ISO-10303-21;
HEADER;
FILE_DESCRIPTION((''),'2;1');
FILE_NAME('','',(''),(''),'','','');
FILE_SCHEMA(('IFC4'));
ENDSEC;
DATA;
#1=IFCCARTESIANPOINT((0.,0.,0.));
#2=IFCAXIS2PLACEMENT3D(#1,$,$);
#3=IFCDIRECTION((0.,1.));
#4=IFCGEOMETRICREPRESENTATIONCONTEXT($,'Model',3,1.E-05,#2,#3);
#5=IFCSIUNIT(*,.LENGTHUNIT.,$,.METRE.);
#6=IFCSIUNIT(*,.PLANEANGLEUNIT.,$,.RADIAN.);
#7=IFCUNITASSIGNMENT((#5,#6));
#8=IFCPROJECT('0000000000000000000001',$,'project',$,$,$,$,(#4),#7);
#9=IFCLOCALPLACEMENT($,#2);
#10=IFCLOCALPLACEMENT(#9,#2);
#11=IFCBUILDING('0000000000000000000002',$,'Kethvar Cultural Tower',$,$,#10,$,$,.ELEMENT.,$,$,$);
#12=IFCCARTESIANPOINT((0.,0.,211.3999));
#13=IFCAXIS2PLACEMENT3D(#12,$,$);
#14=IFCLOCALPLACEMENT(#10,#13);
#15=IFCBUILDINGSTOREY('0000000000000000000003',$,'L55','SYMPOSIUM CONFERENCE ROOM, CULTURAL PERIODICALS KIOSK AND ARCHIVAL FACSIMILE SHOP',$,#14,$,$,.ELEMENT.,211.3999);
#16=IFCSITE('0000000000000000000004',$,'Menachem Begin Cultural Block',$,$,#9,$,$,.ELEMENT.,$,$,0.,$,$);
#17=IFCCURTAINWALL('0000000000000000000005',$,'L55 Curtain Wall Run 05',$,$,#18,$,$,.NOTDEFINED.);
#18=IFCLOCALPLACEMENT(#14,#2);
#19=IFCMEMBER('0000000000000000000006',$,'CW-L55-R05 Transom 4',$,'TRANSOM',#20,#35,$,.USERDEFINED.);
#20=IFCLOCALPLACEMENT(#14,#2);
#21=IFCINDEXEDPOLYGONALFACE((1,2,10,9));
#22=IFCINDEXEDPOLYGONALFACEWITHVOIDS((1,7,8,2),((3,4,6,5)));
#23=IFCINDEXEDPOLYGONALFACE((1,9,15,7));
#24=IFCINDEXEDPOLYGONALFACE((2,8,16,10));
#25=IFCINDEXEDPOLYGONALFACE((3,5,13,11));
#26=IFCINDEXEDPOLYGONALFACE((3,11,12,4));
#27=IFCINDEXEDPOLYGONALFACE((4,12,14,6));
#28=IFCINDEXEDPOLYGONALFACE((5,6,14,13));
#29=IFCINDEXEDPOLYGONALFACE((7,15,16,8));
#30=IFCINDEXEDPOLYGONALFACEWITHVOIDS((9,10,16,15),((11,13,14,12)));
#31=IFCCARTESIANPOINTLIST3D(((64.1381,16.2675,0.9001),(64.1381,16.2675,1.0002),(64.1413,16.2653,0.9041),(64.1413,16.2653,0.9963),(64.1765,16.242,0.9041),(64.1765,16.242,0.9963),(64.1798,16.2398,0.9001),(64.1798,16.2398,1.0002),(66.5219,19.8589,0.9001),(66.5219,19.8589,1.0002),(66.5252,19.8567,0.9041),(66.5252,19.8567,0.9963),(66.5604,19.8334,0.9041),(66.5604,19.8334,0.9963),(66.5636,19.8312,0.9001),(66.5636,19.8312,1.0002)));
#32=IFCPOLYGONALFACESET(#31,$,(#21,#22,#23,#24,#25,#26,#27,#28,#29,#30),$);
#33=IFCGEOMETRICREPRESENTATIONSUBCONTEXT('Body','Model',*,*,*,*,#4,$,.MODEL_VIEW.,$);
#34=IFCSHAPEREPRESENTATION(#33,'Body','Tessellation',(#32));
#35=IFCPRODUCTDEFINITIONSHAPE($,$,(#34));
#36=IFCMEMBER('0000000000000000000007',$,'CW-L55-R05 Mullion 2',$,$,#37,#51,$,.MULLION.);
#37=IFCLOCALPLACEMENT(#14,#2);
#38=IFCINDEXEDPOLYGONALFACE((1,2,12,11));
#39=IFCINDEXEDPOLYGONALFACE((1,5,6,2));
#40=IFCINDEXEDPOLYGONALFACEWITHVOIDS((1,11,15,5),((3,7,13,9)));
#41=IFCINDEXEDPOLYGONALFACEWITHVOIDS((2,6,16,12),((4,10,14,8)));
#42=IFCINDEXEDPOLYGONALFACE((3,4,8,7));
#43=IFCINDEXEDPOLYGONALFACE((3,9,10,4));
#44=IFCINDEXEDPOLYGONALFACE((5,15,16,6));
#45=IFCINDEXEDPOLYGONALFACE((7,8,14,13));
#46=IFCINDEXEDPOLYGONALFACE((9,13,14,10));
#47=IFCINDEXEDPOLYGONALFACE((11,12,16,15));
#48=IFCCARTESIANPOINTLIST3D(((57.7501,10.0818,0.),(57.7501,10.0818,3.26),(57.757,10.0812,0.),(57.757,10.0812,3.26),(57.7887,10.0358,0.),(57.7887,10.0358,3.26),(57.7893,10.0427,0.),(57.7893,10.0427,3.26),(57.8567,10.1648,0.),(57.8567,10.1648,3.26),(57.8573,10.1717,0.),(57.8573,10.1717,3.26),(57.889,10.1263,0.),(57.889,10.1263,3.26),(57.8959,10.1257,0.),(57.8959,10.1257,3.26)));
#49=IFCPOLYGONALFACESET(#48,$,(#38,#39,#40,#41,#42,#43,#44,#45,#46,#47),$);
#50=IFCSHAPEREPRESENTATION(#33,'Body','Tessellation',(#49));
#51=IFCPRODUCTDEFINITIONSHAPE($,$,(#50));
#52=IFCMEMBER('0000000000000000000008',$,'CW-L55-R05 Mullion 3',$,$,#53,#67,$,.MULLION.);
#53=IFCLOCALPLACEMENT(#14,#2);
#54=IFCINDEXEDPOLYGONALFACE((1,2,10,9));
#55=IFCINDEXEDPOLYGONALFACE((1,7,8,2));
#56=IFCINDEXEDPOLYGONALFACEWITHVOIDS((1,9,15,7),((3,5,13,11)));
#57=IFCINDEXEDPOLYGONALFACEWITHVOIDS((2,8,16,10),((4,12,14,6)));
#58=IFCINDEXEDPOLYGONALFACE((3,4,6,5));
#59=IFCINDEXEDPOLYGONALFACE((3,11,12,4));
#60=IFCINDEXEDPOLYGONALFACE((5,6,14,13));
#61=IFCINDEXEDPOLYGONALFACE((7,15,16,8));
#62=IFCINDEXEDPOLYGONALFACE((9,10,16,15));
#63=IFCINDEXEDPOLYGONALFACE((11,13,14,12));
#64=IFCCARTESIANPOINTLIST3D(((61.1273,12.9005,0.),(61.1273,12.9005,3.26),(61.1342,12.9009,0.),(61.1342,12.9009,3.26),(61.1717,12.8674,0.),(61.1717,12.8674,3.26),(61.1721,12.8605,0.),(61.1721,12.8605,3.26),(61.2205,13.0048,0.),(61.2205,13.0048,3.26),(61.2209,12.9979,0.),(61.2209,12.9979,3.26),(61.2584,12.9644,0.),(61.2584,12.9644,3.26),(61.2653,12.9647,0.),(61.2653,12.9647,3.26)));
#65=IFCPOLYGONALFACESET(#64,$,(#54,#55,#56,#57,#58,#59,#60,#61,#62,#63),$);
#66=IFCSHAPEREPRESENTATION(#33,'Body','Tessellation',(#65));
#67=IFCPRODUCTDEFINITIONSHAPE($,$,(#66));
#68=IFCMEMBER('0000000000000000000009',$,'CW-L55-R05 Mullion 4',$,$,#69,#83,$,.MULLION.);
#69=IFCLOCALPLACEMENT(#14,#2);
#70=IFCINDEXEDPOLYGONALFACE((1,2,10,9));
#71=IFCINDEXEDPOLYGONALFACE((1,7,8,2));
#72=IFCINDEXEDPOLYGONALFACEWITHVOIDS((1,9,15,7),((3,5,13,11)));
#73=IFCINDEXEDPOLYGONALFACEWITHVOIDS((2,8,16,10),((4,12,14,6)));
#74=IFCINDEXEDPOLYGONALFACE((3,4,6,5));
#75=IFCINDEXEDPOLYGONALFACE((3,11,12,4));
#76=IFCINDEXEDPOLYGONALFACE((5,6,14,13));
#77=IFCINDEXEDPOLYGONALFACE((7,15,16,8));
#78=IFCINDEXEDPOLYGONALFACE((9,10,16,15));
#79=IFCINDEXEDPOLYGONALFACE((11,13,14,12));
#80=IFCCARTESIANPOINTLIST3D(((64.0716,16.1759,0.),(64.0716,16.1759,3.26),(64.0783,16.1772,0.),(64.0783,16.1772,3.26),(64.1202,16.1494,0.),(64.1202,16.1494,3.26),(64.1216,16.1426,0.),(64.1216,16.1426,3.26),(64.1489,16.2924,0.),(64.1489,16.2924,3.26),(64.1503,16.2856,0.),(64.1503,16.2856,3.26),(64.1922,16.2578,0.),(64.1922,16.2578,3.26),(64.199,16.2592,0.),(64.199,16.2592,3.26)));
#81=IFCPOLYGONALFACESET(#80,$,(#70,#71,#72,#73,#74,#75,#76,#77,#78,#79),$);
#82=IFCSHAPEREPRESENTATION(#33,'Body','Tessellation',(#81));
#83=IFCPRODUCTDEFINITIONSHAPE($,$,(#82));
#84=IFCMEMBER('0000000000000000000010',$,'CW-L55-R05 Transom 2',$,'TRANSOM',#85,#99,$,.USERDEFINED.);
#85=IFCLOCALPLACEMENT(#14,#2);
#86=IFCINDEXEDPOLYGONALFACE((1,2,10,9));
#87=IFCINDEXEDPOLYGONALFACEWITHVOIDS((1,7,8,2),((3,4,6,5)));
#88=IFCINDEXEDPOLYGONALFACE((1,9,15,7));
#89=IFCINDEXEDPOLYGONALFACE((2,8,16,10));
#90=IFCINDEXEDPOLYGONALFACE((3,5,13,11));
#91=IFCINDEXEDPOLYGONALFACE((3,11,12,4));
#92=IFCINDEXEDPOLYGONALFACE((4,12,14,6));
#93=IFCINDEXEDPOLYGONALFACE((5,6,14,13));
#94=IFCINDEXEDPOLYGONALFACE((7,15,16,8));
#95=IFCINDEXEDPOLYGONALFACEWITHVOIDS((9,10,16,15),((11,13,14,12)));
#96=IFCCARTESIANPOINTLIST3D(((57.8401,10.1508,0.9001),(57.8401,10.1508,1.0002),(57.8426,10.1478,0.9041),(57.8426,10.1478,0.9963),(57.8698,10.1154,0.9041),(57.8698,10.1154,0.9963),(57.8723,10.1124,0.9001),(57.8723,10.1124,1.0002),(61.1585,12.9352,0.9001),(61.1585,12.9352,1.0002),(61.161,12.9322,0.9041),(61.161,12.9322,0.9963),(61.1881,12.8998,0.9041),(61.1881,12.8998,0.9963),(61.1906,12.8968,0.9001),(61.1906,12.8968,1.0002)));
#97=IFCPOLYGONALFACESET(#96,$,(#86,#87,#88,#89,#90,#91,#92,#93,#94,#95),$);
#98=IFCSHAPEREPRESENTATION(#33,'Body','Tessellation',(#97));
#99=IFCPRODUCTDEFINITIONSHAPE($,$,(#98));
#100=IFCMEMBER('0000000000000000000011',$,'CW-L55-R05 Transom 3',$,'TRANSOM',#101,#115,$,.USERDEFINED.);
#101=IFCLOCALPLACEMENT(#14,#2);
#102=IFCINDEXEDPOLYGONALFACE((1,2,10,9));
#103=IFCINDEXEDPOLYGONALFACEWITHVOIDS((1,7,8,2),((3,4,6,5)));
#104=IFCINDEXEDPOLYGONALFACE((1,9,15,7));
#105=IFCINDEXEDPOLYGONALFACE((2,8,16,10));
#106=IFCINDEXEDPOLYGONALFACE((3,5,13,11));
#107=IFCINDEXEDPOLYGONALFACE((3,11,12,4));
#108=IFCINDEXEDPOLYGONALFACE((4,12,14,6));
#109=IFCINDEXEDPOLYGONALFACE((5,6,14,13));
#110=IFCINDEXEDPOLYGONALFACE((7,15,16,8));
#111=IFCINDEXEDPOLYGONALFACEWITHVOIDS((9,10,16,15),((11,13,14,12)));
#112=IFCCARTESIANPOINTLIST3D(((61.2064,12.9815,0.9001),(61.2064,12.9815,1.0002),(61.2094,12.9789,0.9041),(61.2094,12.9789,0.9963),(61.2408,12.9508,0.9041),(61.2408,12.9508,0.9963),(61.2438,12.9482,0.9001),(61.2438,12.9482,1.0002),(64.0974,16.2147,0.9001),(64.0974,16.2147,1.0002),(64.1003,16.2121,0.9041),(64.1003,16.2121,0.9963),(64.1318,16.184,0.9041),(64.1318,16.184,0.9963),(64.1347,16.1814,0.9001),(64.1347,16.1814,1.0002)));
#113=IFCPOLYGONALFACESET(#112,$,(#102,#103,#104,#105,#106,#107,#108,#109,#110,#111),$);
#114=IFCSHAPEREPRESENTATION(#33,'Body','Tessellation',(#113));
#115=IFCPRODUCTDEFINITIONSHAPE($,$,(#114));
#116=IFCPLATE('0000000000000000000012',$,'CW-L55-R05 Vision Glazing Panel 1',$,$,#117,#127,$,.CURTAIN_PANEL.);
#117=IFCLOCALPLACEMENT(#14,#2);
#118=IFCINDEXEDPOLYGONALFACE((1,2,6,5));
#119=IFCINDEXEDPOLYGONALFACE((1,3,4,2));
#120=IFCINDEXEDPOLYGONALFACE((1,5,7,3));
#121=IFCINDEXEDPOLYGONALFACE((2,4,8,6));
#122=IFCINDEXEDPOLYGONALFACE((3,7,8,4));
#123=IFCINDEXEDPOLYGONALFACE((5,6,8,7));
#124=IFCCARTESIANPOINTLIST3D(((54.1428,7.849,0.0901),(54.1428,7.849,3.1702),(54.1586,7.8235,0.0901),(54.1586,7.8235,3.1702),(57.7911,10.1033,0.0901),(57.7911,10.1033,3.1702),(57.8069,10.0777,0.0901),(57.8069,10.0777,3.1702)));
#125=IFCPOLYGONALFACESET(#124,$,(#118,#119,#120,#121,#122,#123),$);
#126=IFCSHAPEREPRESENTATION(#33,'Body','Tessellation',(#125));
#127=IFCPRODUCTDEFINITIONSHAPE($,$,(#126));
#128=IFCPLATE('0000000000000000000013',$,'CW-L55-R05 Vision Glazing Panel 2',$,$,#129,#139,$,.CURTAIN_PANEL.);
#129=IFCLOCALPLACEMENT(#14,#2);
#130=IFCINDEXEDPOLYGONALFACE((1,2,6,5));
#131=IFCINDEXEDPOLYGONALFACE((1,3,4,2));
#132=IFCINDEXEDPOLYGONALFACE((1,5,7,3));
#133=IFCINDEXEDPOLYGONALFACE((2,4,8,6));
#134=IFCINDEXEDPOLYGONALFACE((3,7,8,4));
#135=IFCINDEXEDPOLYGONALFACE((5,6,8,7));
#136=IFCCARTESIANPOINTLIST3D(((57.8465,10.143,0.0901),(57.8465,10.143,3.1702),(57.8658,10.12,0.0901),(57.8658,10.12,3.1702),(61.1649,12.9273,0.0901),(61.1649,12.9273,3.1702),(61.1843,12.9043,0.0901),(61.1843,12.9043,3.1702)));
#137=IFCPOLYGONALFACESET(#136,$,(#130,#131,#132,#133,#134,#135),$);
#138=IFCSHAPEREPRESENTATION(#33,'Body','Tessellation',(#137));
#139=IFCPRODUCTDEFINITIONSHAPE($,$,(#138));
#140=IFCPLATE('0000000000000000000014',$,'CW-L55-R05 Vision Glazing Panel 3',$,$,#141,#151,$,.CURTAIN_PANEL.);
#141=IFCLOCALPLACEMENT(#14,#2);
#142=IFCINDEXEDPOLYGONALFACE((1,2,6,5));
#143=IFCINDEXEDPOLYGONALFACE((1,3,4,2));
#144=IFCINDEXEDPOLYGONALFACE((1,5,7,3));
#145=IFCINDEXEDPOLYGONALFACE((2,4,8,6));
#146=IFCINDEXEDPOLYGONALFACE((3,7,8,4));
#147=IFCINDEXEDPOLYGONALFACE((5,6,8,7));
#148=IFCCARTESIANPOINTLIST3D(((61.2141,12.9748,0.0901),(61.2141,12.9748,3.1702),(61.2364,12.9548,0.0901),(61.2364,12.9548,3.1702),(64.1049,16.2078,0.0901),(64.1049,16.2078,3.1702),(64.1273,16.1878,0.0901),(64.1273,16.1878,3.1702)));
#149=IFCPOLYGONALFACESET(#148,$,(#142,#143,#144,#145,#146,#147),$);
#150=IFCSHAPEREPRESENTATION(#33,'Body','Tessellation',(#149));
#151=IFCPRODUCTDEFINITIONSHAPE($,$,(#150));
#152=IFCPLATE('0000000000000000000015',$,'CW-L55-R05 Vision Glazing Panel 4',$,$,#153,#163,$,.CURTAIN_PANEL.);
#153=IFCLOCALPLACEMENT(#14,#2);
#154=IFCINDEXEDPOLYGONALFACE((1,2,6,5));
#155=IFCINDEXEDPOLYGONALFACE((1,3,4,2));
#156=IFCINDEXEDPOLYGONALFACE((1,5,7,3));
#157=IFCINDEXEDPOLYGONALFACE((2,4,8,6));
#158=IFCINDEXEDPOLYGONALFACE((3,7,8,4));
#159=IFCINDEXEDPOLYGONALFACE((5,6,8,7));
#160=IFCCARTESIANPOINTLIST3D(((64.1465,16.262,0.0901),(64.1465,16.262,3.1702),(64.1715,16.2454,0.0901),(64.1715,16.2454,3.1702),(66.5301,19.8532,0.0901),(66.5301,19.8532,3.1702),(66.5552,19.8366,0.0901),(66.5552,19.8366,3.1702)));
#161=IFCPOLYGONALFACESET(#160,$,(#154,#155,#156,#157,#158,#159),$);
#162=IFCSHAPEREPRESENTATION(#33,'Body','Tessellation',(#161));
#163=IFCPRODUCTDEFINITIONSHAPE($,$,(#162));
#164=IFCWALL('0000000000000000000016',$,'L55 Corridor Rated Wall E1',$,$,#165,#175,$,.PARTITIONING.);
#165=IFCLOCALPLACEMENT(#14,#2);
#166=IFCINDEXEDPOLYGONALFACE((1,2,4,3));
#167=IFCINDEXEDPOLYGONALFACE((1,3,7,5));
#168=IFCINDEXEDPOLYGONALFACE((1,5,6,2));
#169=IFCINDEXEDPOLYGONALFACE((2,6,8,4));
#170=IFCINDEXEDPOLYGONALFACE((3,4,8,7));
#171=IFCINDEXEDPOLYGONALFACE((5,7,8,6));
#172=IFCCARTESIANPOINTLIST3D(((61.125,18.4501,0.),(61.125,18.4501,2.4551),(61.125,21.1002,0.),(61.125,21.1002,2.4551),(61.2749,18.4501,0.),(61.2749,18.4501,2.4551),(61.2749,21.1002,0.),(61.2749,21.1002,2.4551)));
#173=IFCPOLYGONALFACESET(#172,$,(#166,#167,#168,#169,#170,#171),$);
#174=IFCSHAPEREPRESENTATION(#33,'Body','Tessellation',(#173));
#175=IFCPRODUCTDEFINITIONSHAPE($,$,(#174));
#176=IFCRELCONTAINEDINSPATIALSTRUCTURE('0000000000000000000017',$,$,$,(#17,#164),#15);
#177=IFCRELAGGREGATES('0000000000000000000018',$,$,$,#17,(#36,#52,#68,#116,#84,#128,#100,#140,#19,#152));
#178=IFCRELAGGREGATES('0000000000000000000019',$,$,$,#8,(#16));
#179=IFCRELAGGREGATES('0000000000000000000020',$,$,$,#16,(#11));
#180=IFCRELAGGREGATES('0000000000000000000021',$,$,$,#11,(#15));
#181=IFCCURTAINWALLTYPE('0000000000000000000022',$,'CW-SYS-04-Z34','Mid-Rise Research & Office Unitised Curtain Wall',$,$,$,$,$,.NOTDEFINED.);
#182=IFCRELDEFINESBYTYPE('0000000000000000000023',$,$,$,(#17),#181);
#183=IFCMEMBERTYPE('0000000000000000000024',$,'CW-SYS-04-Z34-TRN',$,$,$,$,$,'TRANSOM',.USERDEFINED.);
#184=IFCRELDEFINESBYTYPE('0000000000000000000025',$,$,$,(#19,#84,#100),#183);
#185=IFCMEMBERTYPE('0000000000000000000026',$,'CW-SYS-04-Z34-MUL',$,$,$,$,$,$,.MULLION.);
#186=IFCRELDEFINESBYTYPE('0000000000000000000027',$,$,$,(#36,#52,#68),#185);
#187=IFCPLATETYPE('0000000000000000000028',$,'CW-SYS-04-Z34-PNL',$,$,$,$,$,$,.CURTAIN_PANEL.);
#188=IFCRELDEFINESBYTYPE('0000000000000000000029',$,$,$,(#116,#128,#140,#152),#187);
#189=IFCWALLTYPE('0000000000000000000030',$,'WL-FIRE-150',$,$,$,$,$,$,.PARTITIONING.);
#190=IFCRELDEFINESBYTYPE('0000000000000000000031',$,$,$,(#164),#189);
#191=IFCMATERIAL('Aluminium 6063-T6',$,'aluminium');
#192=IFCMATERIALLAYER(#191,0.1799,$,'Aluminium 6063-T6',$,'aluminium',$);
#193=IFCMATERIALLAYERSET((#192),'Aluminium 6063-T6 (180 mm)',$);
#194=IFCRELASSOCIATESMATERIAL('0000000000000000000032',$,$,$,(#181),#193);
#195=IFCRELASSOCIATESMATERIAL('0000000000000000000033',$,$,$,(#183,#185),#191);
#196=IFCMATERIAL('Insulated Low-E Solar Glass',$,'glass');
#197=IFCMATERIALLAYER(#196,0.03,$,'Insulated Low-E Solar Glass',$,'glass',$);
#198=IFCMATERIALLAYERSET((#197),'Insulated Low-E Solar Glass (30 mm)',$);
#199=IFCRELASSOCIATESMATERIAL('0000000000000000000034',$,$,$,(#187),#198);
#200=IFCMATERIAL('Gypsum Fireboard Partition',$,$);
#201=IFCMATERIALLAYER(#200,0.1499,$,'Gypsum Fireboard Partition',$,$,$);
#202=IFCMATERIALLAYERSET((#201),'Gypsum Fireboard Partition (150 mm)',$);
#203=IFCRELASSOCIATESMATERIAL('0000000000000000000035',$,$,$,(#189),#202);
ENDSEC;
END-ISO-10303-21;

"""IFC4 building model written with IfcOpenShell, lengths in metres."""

from ifc_helpers import new_model, si_unit, direction, frame, frame_2d, origin, origin_2d, place, context, subcontext, project, spatial, rectangle, hollow_rectangle, extrude, source, transform, mapped, material, layer, layer_set, material_profile, profile_set, type_object, element, aggregate, save


model = new_model("IFC4")

# Units and contexts
model_context = context("Model", 3, precision=1e-05, world=origin(), true_north=direction((0.0, 1.0)))
body_context = subcontext(model_context, "Body", "Model", "MODEL_VIEW")
ifc_project = project(units=[si_unit("LENGTHUNIT", "METRE"), si_unit("PLANEANGLEUNIT", "RADIAN")], contexts=[model_context])

# Site, building, storey
site_placement = place(None, origin())
site = spatial("IfcSite", under=ifc_project, at=site_placement, Name="Menachem Begin Cultural Block", CompositionType="ELEMENT", RefElevation=0.0)
building_placement = place(site_placement, origin())
building = spatial("IfcBuilding", under=site, at=building_placement, Name="Kethvar Cultural Tower", CompositionType="ELEMENT")
storey_placement = place(building_placement, frame((0.0, 0.0, 211.3999)))
storey = spatial("IfcBuildingStorey", under=building, at=storey_placement, Name="L55", Description="SYMPOSIUM CONFERENCE ROOM, CULTURAL PERIODICALS KIOSK AND ARCHIVAL FACSIMILE SHOP", CompositionType="ELEMENT", Elevation=211.3999)

# Curtain wall, members, plates
ifc_material_1 = material(Name="Aluminium 6063-T6", Category="aluminium")
ifc_layer_1 = layer(ifc_material_1, 0.1799, Name="Aluminium 6063-T6", Category="aluminium")
ifc_layer_set_1 = layer_set([ifc_layer_1], Name="Aluminium 6063-T6 (180 mm)")
curtain_wall_type = type_object("IfcCurtainWallType", Name="CW-SYS-04-Z34", Description="Mid-Rise Research & Office Unitised Curtain Wall", PredefinedType="NOTDEFINED", material=ifc_layer_set_1)
curtain_wall_placement = place(storey_placement, origin())
curtain_wall = element("IfcCurtainWall", 1, at=curtain_wall_placement, inside=storey, type_object=curtain_wall_type, Name="L55 Curtain Wall Run 05", PredefinedType="NOTDEFINED")
ifc_material_profile_1 = material_profile(ifc_material_1, hollow_rectangle(XDim=0.05, YDim=0.1001, WallThickness=0.0039, at=origin_2d()), Name="Aluminium 6063-T6 — RHS100x50x4")
ifc_profile_set_1 = profile_set([ifc_material_profile_1], Name="Aluminium 6063-T6 — RHS100x50x4")
member_type_1 = type_object("IfcMemberType", Name="CW-SYS-04-Z34-TRN", ElementType="TRANSOM", PredefinedType="USERDEFINED", material=ifc_profile_set_1)
shared_shape_1 = source(origin(), body_context, "Body", "SweptSolid", [
    extrude(hollow_rectangle(XDim=0.05, YDim=0.1001, WallThickness=0.0039, at=origin_2d()), origin(), (0.0, 0.0, 1.0), 4.3105),
])
member_1_placement = place(storey_placement, frame((64.1589, 16.2537, 0.9502), z_axis=(0.553026, 0.833164, 0.0), x_axis=(-0.833164, 0.553026, 0.0)))
member_1 = element("IfcMember", 2, at=member_1_placement, type_object=member_type_1, Name="CW-L55-R05 Transom 4", ObjectType="TRANSOM", PredefinedType="USERDEFINED", context=body_context, shape_type="MappedRepresentation", body=[
    mapped(shared_shape_1, transform((0.0, 0.0, 0.0), scale=1.0)),
])
ifc_material_profile_2 = material_profile(ifc_material_1, hollow_rectangle(XDim=0.0601, YDim=0.1399, WallThickness=0.0049, at=origin_2d()), Name="Aluminium 6063-T6 — RHS140x60x5")
ifc_profile_set_2 = profile_set([ifc_material_profile_2], Name="Aluminium 6063-T6 — RHS140x60x5")
member_type_2 = type_object("IfcMemberType", Name="CW-SYS-04-Z34-MUL", PredefinedType="MULLION", material=ifc_profile_set_2)
shared_shape_2 = source(origin(), body_context, "Body", "SweptSolid", [
    extrude(hollow_rectangle(XDim=0.0601, YDim=0.1399, WallThickness=0.0049, at=origin_2d()), origin(), (0.0, 0.0, 1.0), 3.26),
])
member_2_placement = place(storey_placement, frame((57.823, 10.1038, 0.0), z_axis=(0.0, 0.0, 1.0), x_axis=(-0.642761, 0.766067, 0.0)))
member_2 = element("IfcMember", 3, at=member_2_placement, type_object=member_type_2, Name="CW-L55-R05 Mullion 2", PredefinedType="MULLION", context=body_context, shape_type="MappedRepresentation", body=[
    mapped(shared_shape_2, transform((0.0, 0.0, 0.0), scale=1.0)),
])
member_3_placement = place(storey_placement, frame((61.1963, 12.9326, 0.0), z_axis=(0.0, 0.0, 1.0), x_axis=(-0.745453, 0.666558, 0.0)))
member_3 = element("IfcMember", 4, at=member_3_placement, type_object=member_type_2, Name="CW-L55-R05 Mullion 3", PredefinedType="MULLION", context=body_context, shape_type="MappedRepresentation", body=[
    mapped(shared_shape_2, transform((0.0, 0.0, 0.0), scale=1.0)),
])
member_4_placement = place(storey_placement, frame((64.1353, 16.2175, 0.0), z_axis=(0.0, 0.0, 1.0), x_axis=(-0.833172, 0.553014, 0.0)))
member_4 = element("IfcMember", 5, at=member_4_placement, type_object=member_type_2, Name="CW-L55-R05 Mullion 4", PredefinedType="MULLION", context=body_context, shape_type="MappedRepresentation", body=[
    mapped(shared_shape_2, transform((0.0, 0.0, 0.0), scale=1.0)),
])
shared_shape_3 = source(origin(), body_context, "Body", "SweptSolid", [
    extrude(hollow_rectangle(XDim=0.05, YDim=0.1001, WallThickness=0.0039, at=origin_2d()), origin(), (0.0, 0.0, 1.0), 4.3318),
])
member_5_placement = place(storey_placement, frame((57.8562, 10.1316, 0.9502), z_axis=(0.766046, 0.642786, 0.0), x_axis=(-0.642786, 0.766046, 0.0)))
member_5 = element("IfcMember", 6, at=member_5_placement, type_object=member_type_1, Name="CW-L55-R05 Transom 2", ObjectType="TRANSOM", PredefinedType="USERDEFINED", context=body_context, shape_type="MappedRepresentation", body=[
    mapped(shared_shape_3, transform((0.0, 0.0, 0.0), scale=1.0)),
])
shared_shape_4 = source(origin(), body_context, "Body", "SweptSolid", [
    extrude(hollow_rectangle(XDim=0.05, YDim=0.1001, WallThickness=0.0039, at=origin_2d()), origin(), (0.0, 0.0, 1.0), 4.3372),
])
member_6_placement = place(storey_placement, frame((61.2251, 12.9648, 0.9502), z_axis=(0.666545, 0.745465, 0.0), x_axis=(-0.745465, 0.666545, 0.0)))
member_6 = element("IfcMember", 7, at=member_6_placement, type_object=member_type_1, Name="CW-L55-R05 Transom 3", ObjectType="TRANSOM", PredefinedType="USERDEFINED", context=body_context, shape_type="MappedRepresentation", body=[
    mapped(shared_shape_4, transform((0.0, 0.0, 0.0), scale=1.0)),
])
ifc_material_2 = material(Name="Insulated Low-E Solar Glass", Category="glass")
ifc_layer_2 = layer(ifc_material_2, 0.03, Name="Insulated Low-E Solar Glass", Category="glass")
ifc_layer_set_2 = layer_set([ifc_layer_2], Name="Insulated Low-E Solar Glass (30 mm)")
plate_type = type_object("IfcPlateType", Name="CW-SYS-04-Z34-PNL", PredefinedType="CURTAIN_PANEL", material=ifc_layer_set_2)
shared_shape_5 = source(origin(), body_context, "Body", "SweptSolid", [
    extrude(rectangle(XDim=4.2886, YDim=0.03, at=origin_2d()), origin(), (0.0, 0.0, 1.0), 3.0801),
])
plate_1_placement = place(storey_placement, frame((55.9749, 8.9634, 0.0901), z_axis=(0.0, 0.0, 1.0), x_axis=(0.85071, 0.525635, 0.0)))
plate_1 = element("IfcPlate", 8, at=plate_1_placement, type_object=plate_type, Name="CW-L55-R05 Vision Glazing Panel 1", PredefinedType="CURTAIN_PANEL", context=body_context, shape_type="MappedRepresentation", body=[
    mapped(shared_shape_5, transform((0.0, 0.0, 0.0), scale=1.0)),
])
shared_shape_6 = source(origin(), body_context, "Body", "SweptSolid", [
    extrude(rectangle(XDim=4.3318, YDim=0.03, at=origin_2d()), origin(), (0.0, 0.0, 1.0), 3.0801),
])
plate_2_placement = place(storey_placement, frame((59.5154, 11.5237, 0.0901), z_axis=(0.0, 0.0, 1.0), x_axis=(0.766067, 0.642761, 0.0)))
plate_2 = element("IfcPlate", 9, at=plate_2_placement, type_object=plate_type, Name="CW-L55-R05 Vision Glazing Panel 2", PredefinedType="CURTAIN_PANEL", context=body_context, shape_type="MappedRepresentation", body=[
    mapped(shared_shape_6, transform((0.0, 0.0, 0.0), scale=1.0)),
])
shared_shape_7 = source(origin(), body_context, "Body", "SweptSolid", [
    extrude(rectangle(XDim=4.3369, YDim=0.03, at=origin_2d()), origin(), (0.0, 0.0, 1.0), 3.0801),
])
plate_3_placement = place(storey_placement, frame((62.6707, 14.5813, 0.0901), z_axis=(0.0, 0.0, 1.0), x_axis=(0.666558, 0.745453, 0.0)))
plate_3 = element("IfcPlate", 10, at=plate_3_placement, type_object=plate_type, Name="CW-L55-R05 Vision Glazing Panel 3", PredefinedType="CURTAIN_PANEL", context=body_context, shape_type="MappedRepresentation", body=[
    mapped(shared_shape_7, transform((0.0, 0.0, 0.0), scale=1.0)),
])
shared_shape_8 = source(origin(), body_context, "Body", "SweptSolid", [
    extrude(rectangle(XDim=4.3103, YDim=0.03, at=origin_2d()), origin(), (0.0, 0.0, 1.0), 3.0801),
])
plate_4_placement = place(storey_placement, frame((65.3508, 18.0493, 0.0901), z_axis=(0.0, 0.0, 1.0), x_axis=(0.553014, 0.833172, 0.0)))
plate_4 = element("IfcPlate", 11, at=plate_4_placement, type_object=plate_type, Name="CW-L55-R05 Vision Glazing Panel 4", PredefinedType="CURTAIN_PANEL", context=body_context, shape_type="MappedRepresentation", body=[
    mapped(shared_shape_8, transform((0.0, 0.0, 0.0), scale=1.0)),
])
aggregate(curtain_wall, [member_2, member_3, member_4, plate_1, member_5, plate_2, member_6, plate_3, member_1, plate_4])

# Wall
ifc_material_3 = material(Name="Gypsum Fireboard Partition")
ifc_layer_3 = layer(ifc_material_3, 0.1499, Name="Gypsum Fireboard Partition")
ifc_layer_set_3 = layer_set([ifc_layer_3], Name="Gypsum Fireboard Partition (150 mm)")
wall_type = type_object("IfcWallType", Name="WL-FIRE-150", PredefinedType="PARTITIONING", material=ifc_layer_set_3)
wall_placement = place(storey_placement, frame((61.2, 18.45, 0.0), z_axis=(0.0, 0.0, 1.0), x_axis=(0.0, 1.0, 0.0)))
element("IfcWall", 12, at=wall_placement, inside=storey, type_object=wall_type, Name="L55 Corridor Rated Wall E1", PredefinedType="PARTITIONING", context=body_context, shape_type="SweptSolid", body=[
    extrude(rectangle(XDim=2.6501, YDim=0.1499, at=frame_2d((1.3252, 0.0))), origin(), (0.0, 0.0, 1.0), 2.4551),
])

save(model, "model.ifc")
